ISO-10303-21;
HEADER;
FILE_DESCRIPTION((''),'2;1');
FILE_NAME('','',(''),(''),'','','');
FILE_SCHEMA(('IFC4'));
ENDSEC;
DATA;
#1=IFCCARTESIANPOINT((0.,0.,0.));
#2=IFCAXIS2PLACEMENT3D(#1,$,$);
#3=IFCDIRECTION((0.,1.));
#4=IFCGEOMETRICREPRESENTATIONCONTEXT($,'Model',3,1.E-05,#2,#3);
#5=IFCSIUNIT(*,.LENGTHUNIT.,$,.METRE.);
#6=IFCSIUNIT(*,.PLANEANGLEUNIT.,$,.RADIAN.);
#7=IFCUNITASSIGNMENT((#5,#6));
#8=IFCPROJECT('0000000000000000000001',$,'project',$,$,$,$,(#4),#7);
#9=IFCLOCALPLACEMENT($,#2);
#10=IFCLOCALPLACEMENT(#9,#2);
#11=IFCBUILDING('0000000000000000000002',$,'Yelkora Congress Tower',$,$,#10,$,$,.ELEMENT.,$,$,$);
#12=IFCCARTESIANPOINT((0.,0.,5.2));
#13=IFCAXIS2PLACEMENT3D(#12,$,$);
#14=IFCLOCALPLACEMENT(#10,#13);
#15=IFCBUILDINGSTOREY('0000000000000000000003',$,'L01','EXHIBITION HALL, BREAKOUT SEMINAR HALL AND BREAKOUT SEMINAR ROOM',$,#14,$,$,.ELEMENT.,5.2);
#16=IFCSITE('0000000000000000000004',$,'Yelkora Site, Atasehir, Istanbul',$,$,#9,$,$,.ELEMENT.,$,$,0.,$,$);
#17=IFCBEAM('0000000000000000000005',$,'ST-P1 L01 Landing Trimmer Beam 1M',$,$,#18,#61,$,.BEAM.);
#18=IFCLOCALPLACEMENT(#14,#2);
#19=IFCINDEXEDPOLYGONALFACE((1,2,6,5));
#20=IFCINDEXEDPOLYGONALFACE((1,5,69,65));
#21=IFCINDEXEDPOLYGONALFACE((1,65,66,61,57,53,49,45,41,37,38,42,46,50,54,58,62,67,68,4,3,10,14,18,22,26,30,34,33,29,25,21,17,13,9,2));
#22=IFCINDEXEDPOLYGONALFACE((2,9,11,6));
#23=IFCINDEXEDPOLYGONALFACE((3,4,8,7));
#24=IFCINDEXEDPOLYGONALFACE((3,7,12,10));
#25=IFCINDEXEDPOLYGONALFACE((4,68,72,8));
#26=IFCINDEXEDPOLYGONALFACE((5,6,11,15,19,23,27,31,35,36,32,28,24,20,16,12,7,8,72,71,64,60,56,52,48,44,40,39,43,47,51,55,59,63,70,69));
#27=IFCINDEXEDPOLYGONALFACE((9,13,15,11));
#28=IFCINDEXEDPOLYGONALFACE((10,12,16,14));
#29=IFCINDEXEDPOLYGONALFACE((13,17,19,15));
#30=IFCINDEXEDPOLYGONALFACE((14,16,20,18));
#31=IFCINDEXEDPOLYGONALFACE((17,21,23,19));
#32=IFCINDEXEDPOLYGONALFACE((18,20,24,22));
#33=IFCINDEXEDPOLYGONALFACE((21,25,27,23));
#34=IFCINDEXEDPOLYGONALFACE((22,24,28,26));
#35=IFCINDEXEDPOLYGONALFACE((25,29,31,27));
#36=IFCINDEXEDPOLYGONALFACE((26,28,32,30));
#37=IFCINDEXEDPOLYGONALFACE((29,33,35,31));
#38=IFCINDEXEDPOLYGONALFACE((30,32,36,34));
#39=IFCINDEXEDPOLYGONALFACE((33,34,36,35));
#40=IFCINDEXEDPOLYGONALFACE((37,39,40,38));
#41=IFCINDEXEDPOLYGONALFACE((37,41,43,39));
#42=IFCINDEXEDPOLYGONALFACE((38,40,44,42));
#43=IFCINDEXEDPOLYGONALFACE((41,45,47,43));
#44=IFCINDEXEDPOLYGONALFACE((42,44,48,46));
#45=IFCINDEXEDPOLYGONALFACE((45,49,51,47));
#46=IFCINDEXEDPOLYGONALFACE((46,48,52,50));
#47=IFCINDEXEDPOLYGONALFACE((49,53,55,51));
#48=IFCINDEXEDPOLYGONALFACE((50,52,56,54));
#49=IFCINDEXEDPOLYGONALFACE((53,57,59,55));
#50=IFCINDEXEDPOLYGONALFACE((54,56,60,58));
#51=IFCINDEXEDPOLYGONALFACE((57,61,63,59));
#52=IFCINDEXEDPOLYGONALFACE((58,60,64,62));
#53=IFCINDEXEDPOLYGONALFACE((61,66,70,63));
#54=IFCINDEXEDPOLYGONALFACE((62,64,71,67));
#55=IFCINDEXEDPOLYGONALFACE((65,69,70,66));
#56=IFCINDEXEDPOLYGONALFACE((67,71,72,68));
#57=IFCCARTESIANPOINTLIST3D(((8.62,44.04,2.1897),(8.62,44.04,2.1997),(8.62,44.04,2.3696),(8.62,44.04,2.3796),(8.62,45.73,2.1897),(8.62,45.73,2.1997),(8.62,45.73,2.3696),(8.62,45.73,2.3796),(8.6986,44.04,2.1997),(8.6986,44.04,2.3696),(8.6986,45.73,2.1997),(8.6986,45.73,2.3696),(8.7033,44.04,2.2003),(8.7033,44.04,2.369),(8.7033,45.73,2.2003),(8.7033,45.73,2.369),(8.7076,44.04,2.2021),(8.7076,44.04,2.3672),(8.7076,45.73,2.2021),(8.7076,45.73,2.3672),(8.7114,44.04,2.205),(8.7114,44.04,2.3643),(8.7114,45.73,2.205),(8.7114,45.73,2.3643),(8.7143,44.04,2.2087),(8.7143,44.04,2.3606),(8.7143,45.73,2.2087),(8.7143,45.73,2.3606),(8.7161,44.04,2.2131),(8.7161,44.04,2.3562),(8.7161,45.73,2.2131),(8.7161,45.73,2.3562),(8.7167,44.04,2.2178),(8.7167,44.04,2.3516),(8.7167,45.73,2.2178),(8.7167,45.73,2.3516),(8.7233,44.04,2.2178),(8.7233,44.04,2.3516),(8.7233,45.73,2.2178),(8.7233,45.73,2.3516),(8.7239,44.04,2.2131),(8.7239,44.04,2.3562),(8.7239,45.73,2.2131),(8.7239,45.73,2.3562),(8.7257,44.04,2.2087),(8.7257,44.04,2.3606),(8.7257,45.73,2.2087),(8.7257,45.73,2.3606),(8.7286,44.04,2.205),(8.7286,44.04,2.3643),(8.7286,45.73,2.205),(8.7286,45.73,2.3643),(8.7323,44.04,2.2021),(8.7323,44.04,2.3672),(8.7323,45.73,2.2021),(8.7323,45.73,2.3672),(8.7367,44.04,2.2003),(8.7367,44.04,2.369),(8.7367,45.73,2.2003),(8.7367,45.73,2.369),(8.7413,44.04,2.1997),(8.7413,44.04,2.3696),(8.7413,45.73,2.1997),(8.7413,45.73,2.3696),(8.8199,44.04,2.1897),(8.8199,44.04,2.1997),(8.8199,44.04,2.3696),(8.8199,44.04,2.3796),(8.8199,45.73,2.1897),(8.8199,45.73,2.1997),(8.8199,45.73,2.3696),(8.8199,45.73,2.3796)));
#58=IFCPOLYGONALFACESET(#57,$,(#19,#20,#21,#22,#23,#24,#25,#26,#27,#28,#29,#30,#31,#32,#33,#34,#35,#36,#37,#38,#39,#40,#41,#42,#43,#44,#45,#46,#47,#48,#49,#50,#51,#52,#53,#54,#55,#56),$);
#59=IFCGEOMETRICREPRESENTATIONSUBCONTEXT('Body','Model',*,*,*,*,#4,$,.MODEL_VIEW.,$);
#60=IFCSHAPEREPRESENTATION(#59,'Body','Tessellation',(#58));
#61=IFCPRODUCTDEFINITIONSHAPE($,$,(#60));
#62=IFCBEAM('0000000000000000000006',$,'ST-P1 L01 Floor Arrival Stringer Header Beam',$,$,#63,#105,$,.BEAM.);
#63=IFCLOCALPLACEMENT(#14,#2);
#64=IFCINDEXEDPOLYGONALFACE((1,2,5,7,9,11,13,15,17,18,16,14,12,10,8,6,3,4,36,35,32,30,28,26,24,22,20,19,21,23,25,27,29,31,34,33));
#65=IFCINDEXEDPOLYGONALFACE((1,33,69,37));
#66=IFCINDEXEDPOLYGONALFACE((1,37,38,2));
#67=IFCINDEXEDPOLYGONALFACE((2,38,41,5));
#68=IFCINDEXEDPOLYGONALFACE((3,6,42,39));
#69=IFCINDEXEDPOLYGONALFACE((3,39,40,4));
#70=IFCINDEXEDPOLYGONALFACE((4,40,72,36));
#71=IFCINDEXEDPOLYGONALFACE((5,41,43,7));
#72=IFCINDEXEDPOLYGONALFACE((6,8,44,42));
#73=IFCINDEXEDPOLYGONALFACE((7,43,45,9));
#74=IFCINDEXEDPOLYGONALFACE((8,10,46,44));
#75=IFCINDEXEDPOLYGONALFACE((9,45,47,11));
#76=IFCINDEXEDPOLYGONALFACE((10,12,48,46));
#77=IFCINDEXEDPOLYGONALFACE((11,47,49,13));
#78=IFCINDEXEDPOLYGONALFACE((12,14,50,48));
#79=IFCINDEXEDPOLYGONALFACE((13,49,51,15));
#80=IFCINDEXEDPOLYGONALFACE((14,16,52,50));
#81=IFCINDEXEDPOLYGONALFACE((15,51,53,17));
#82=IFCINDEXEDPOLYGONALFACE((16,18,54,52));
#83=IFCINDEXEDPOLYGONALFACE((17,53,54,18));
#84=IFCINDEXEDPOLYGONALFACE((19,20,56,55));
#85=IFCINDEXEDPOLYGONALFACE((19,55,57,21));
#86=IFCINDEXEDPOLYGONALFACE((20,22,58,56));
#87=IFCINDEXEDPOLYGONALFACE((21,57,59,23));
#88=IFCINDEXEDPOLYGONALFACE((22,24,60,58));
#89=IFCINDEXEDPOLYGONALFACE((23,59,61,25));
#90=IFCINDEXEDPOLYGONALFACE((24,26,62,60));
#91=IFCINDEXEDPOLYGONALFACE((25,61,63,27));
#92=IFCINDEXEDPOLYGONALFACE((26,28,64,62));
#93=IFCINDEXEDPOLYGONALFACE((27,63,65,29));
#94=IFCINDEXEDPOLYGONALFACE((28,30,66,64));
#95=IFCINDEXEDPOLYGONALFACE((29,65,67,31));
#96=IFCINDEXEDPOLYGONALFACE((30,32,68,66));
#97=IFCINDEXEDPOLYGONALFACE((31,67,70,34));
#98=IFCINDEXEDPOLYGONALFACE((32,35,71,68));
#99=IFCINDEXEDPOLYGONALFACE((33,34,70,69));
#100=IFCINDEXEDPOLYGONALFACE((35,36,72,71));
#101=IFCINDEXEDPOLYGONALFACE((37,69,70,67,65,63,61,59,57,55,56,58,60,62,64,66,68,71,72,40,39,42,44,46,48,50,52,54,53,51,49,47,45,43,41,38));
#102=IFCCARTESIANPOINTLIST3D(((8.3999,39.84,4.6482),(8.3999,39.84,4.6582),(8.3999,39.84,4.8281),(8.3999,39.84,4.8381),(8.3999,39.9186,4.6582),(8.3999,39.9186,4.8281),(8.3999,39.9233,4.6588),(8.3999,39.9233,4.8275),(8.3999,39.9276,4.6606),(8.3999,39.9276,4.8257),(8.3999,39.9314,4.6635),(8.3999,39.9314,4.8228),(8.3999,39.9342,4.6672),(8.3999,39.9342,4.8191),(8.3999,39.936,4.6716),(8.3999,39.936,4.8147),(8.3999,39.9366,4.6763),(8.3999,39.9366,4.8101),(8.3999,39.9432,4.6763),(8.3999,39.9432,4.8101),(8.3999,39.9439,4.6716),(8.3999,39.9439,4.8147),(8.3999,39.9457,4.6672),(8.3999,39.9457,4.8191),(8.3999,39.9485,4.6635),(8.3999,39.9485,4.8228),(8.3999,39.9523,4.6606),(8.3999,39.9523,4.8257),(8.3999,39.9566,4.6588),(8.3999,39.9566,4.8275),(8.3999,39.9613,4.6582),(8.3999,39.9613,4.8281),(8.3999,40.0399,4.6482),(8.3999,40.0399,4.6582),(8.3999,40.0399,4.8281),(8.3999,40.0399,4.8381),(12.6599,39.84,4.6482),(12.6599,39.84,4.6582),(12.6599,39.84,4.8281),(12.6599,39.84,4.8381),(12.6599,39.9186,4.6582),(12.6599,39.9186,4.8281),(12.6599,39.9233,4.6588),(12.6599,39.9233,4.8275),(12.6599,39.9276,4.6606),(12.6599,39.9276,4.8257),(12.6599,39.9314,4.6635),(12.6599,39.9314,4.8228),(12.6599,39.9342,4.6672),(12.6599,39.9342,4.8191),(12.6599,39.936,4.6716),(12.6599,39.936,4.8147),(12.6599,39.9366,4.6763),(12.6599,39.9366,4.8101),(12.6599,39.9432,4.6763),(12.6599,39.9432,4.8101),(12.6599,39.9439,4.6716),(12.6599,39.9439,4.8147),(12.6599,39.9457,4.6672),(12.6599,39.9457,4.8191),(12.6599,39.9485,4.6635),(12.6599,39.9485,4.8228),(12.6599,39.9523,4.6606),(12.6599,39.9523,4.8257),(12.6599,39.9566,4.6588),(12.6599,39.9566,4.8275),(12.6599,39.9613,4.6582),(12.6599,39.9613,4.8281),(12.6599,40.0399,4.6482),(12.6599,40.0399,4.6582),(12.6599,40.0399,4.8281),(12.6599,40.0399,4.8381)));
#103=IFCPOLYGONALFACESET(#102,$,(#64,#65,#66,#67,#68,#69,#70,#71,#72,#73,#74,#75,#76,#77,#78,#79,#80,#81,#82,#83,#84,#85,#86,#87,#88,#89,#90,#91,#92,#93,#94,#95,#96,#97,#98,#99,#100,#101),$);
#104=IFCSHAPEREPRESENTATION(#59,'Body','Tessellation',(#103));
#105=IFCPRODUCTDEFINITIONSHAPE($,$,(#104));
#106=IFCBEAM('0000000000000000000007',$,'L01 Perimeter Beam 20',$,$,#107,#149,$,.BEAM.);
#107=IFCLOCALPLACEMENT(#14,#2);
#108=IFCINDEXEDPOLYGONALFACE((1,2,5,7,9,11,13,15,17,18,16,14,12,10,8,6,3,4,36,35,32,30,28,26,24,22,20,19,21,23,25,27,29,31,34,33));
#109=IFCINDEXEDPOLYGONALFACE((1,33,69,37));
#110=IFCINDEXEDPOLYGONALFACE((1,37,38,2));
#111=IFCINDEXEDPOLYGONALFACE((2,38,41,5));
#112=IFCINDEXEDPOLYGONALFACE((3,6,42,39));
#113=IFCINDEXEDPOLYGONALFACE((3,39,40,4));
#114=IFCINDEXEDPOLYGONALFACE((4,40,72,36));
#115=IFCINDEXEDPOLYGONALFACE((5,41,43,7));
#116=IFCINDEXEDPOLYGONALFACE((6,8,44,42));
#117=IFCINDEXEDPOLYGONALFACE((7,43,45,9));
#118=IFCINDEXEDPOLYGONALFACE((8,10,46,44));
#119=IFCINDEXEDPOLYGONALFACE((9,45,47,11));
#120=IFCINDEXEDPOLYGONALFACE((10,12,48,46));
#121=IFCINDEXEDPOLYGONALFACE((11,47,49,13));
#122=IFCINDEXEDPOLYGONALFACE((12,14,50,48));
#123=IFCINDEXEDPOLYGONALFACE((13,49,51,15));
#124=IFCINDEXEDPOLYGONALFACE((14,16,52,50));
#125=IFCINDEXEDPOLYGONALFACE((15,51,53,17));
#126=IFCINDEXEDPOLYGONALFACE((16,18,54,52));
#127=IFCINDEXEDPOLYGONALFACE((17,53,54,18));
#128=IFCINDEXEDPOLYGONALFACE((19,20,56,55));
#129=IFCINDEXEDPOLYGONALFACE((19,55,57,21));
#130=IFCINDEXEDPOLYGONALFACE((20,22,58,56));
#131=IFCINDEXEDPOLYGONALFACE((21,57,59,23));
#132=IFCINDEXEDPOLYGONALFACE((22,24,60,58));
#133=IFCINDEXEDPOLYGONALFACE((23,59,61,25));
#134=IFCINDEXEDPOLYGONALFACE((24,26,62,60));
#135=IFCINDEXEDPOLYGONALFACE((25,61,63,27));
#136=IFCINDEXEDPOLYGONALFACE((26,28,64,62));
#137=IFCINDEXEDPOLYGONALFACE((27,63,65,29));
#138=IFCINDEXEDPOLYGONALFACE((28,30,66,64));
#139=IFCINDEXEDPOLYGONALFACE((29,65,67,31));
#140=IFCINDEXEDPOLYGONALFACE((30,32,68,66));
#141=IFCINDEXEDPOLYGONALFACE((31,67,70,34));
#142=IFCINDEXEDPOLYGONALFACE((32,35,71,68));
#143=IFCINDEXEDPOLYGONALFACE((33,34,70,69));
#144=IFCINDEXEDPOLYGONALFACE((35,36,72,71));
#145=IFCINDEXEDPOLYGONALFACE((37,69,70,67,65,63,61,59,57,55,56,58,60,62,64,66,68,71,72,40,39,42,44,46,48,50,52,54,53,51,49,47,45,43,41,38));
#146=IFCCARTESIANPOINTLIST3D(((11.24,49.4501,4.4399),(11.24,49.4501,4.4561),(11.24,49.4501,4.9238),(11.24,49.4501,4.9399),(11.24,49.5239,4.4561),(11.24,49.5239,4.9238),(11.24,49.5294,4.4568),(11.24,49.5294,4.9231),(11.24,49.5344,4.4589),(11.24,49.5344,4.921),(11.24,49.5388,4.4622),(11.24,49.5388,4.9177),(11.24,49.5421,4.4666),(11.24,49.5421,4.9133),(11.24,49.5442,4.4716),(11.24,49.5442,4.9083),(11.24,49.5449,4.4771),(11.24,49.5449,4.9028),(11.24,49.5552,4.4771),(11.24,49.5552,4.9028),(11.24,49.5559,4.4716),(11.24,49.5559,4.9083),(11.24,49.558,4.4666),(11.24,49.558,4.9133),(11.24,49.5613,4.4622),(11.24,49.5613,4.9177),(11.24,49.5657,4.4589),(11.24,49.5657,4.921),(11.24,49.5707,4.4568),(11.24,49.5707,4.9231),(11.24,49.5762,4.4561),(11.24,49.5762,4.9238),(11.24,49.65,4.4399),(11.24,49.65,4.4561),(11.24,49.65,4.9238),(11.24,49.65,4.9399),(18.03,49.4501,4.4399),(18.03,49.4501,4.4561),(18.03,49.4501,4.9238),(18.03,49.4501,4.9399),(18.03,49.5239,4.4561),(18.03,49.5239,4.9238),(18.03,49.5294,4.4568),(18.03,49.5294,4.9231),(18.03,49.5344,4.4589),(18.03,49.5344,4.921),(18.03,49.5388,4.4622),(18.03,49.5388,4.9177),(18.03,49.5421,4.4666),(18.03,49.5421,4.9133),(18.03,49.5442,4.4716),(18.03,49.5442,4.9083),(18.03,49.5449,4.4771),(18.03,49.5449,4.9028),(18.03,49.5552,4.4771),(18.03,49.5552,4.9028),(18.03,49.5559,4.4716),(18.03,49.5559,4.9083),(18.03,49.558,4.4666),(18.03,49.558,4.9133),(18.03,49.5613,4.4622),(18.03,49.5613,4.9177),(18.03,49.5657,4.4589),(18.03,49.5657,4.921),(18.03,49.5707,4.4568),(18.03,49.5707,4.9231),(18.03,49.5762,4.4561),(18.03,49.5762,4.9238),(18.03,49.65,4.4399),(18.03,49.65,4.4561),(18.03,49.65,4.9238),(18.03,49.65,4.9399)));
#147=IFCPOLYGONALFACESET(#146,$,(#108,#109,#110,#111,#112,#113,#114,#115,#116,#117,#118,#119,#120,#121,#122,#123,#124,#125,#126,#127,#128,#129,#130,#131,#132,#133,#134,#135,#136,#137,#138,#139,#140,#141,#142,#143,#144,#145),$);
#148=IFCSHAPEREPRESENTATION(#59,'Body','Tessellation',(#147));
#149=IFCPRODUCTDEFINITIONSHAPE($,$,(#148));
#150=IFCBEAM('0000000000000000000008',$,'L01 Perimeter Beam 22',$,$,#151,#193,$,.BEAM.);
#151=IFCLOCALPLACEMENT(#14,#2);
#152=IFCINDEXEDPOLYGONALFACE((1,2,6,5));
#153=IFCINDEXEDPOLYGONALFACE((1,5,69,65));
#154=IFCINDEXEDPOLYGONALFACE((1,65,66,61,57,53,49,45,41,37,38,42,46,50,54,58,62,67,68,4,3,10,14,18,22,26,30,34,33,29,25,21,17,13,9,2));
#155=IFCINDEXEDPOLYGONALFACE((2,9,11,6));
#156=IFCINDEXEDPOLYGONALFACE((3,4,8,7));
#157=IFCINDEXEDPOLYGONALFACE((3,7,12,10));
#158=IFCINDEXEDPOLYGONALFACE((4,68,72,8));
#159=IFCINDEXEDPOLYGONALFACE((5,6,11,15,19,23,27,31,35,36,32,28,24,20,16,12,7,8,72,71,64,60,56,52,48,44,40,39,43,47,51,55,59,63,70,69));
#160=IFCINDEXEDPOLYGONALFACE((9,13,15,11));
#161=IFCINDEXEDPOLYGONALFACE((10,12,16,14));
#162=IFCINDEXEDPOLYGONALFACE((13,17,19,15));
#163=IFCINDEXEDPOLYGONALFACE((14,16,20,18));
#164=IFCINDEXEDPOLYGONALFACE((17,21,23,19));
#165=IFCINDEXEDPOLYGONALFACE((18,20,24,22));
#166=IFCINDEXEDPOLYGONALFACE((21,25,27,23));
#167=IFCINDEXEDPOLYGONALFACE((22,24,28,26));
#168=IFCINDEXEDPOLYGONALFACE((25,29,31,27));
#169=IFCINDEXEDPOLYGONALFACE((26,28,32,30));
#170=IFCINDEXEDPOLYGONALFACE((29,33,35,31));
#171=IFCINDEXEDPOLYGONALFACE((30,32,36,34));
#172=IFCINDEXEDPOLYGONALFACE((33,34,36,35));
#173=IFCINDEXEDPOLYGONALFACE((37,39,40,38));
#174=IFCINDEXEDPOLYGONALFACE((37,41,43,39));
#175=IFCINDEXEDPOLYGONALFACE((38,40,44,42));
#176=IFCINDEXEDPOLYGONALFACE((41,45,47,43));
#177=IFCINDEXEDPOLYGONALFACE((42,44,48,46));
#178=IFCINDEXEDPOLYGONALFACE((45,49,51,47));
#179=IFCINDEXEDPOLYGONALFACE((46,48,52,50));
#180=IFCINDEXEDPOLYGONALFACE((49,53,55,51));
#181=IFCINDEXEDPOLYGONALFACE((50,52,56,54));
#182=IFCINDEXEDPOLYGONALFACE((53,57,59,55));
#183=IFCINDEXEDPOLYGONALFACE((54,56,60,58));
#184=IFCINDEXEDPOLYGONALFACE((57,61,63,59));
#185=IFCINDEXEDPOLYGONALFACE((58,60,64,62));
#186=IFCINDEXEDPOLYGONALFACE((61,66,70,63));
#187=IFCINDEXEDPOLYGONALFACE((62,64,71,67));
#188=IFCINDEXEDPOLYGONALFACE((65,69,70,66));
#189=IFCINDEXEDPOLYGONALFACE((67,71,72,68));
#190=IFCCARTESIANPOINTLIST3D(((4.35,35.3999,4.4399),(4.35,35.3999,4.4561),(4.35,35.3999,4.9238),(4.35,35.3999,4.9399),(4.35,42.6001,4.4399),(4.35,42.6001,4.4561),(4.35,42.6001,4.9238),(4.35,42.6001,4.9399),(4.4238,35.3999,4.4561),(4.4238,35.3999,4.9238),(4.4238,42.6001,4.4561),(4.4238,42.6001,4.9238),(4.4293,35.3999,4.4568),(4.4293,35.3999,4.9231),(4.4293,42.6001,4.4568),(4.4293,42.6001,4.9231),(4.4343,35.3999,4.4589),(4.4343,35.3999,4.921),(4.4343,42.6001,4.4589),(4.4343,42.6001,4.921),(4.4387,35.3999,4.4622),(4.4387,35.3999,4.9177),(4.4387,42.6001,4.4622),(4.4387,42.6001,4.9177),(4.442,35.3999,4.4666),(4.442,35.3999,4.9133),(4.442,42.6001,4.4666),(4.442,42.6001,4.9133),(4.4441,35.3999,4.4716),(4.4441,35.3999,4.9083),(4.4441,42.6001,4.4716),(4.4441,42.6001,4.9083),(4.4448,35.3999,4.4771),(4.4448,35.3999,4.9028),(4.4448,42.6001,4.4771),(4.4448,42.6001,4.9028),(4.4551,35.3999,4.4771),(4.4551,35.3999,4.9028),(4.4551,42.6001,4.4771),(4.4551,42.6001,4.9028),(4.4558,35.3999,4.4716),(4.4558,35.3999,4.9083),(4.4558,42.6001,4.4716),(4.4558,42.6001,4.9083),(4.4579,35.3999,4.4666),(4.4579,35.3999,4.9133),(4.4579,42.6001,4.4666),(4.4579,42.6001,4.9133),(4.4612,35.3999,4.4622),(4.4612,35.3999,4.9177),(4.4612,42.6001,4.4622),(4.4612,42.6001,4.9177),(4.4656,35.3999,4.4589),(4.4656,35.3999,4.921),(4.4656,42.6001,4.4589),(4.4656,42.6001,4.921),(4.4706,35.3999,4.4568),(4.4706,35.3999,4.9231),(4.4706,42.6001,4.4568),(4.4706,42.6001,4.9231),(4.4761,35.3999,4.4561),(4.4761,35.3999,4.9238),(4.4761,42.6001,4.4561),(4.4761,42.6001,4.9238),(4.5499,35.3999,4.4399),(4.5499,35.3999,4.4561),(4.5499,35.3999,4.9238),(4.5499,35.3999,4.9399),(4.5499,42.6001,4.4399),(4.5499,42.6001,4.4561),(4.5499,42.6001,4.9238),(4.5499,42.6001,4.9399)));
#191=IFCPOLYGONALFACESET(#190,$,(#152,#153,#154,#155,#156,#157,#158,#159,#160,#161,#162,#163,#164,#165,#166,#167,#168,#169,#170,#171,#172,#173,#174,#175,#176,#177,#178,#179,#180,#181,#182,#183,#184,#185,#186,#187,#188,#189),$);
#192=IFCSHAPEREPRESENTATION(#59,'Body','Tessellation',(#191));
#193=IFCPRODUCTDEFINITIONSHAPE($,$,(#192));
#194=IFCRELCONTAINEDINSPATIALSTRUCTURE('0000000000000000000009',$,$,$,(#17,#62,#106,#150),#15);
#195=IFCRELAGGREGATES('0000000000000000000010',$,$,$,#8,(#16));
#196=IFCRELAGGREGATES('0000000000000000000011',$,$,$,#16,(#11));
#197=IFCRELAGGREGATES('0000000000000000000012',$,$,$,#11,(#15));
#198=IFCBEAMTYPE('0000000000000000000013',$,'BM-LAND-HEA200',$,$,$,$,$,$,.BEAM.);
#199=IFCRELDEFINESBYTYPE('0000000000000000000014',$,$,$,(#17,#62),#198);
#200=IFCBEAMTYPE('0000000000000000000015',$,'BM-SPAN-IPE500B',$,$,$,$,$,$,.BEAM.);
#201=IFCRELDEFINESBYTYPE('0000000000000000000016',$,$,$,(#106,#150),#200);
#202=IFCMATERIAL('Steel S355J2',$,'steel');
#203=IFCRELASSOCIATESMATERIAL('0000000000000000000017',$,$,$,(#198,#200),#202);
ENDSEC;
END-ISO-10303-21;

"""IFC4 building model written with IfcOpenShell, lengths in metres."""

from ifc_helpers import new_model, si_unit, direction, frame, origin, origin_2d, place, context, subcontext, project, spatial, i_section, extrude, material, material_profile, profile_set, type_object, element, save


model = new_model("IFC4")

# Units and contexts
model_context = context("Model", 3, precision=1e-05, world=origin(), true_north=direction((0.0, 1.0)))
body_context = subcontext(model_context, "Body", "Model", "MODEL_VIEW")
ifc_project = project(units=[si_unit("LENGTHUNIT", "METRE"), si_unit("PLANEANGLEUNIT", "RADIAN")], contexts=[model_context])

# Site, building, storey
site_placement = place(None, origin())
site = spatial("IfcSite", under=ifc_project, at=site_placement, Name="Yelkora Site, Atasehir, Istanbul", CompositionType="ELEMENT", RefElevation=0.0)
building_placement = place(site_placement, origin())
building = spatial("IfcBuilding", under=site, at=building_placement, Name="Yelkora Congress Tower", CompositionType="ELEMENT")
storey_placement = place(building_placement, frame((0.0, 0.0, 5.2)))
storey = spatial("IfcBuildingStorey", under=building, at=storey_placement, Name="L01", Description="EXHIBITION HALL, BREAKOUT SEMINAR HALL AND BREAKOUT SEMINAR ROOM", CompositionType="ELEMENT", Elevation=5.2)

# Beams
ifc_material_1 = material(Name="Steel S355J2", Category="steel")
ifc_material_profile_1 = material_profile(ifc_material_1, i_section(OverallWidth=0.2, OverallDepth=0.1899, WebThickness=0.0066, FlangeThickness=0.01, FilletRadius=0.0181, at=origin_2d()), Name="HEA 200")
ifc_profile_set_1 = profile_set([ifc_material_profile_1], Name="Steel S355J2")
beam_type_1 = type_object("IfcBeamType", Name="BM-LAND-HEA200", PredefinedType="BEAM", material=ifc_profile_set_1)
beam_1_placement = place(storey_placement, frame((8.72, 44.04, 2.2847), z_axis=(0.0, 1.0, 0.0), x_axis=(-1.0, 0.0, 0.0)))
element("IfcBeam", 1, at=beam_1_placement, inside=storey, type_object=beam_type_1, Name="ST-P1 L01 Landing Trimmer Beam 1M", PredefinedType="BEAM", context=body_context, shape_type="SweptSolid", body=[
    extrude(i_section(OverallWidth=0.2, OverallDepth=0.1899, WebThickness=0.0066, FlangeThickness=0.01, FilletRadius=0.0181, at=origin_2d()), origin(), (0.0, 0.0, 1.0), 1.6899),
])
beam_2_placement = place(storey_placement, frame((8.3999, 39.9399, 4.7432), z_axis=(1.0, 0.0, 0.0), x_axis=(0.0, 1.0, 0.0)))
element("IfcBeam", 2, at=beam_2_placement, inside=storey, type_object=beam_type_1, Name="ST-P1 L01 Floor Arrival Stringer Header Beam", PredefinedType="BEAM", context=body_context, shape_type="SweptSolid", body=[
    extrude(i_section(OverallWidth=0.2, OverallDepth=0.1899, WebThickness=0.0066, FlangeThickness=0.01, FilletRadius=0.0181, at=origin_2d()), origin(), (0.0, 0.0, 1.0), 4.26),
])
ifc_material_profile_2 = material_profile(ifc_material_1, i_section(OverallWidth=0.2, OverallDepth=0.5, WebThickness=0.0103, FlangeThickness=0.0161, FilletRadius=0.021, at=origin_2d()), Name="IPE 500")
ifc_profile_set_2 = profile_set([ifc_material_profile_2], Name="Steel S355J2")
beam_type_2 = type_object("IfcBeamType", Name="BM-SPAN-IPE500B", PredefinedType="BEAM", material=ifc_profile_set_2)
beam_3_placement = place(storey_placement, frame((18.03, 49.55, 4.6899), z_axis=(-1.0, 0.0, 0.0), x_axis=(0.0, -1.0, 0.0)))
element("IfcBeam", 3, at=beam_3_placement, inside=storey, type_object=beam_type_2, Name="L01 Perimeter Beam 20", PredefinedType="BEAM", context=body_context, shape_type="SweptSolid", body=[
    extrude(i_section(OverallWidth=0.2, OverallDepth=0.5, WebThickness=0.0103, FlangeThickness=0.0161, FilletRadius=0.021, at=origin_2d()), origin(), (0.0, 0.0, 1.0), 6.79),
])
beam_4_placement = place(storey_placement, frame((4.45, 42.6001, 4.6899), z_axis=(0.0, -1.0, 0.0), x_axis=(1.0, 0.0, 0.0)))
element("IfcBeam", 4, at=beam_4_placement, inside=storey, type_object=beam_type_2, Name="L01 Perimeter Beam 22", PredefinedType="BEAM", context=body_context, shape_type="SweptSolid", body=[
    extrude(i_section(OverallWidth=0.2, OverallDepth=0.5, WebThickness=0.0103, FlangeThickness=0.0161, FilletRadius=0.021, at=origin_2d()), origin(), (0.0, 0.0, 1.0), 7.2002),
])

save(model, "model.ifc")
